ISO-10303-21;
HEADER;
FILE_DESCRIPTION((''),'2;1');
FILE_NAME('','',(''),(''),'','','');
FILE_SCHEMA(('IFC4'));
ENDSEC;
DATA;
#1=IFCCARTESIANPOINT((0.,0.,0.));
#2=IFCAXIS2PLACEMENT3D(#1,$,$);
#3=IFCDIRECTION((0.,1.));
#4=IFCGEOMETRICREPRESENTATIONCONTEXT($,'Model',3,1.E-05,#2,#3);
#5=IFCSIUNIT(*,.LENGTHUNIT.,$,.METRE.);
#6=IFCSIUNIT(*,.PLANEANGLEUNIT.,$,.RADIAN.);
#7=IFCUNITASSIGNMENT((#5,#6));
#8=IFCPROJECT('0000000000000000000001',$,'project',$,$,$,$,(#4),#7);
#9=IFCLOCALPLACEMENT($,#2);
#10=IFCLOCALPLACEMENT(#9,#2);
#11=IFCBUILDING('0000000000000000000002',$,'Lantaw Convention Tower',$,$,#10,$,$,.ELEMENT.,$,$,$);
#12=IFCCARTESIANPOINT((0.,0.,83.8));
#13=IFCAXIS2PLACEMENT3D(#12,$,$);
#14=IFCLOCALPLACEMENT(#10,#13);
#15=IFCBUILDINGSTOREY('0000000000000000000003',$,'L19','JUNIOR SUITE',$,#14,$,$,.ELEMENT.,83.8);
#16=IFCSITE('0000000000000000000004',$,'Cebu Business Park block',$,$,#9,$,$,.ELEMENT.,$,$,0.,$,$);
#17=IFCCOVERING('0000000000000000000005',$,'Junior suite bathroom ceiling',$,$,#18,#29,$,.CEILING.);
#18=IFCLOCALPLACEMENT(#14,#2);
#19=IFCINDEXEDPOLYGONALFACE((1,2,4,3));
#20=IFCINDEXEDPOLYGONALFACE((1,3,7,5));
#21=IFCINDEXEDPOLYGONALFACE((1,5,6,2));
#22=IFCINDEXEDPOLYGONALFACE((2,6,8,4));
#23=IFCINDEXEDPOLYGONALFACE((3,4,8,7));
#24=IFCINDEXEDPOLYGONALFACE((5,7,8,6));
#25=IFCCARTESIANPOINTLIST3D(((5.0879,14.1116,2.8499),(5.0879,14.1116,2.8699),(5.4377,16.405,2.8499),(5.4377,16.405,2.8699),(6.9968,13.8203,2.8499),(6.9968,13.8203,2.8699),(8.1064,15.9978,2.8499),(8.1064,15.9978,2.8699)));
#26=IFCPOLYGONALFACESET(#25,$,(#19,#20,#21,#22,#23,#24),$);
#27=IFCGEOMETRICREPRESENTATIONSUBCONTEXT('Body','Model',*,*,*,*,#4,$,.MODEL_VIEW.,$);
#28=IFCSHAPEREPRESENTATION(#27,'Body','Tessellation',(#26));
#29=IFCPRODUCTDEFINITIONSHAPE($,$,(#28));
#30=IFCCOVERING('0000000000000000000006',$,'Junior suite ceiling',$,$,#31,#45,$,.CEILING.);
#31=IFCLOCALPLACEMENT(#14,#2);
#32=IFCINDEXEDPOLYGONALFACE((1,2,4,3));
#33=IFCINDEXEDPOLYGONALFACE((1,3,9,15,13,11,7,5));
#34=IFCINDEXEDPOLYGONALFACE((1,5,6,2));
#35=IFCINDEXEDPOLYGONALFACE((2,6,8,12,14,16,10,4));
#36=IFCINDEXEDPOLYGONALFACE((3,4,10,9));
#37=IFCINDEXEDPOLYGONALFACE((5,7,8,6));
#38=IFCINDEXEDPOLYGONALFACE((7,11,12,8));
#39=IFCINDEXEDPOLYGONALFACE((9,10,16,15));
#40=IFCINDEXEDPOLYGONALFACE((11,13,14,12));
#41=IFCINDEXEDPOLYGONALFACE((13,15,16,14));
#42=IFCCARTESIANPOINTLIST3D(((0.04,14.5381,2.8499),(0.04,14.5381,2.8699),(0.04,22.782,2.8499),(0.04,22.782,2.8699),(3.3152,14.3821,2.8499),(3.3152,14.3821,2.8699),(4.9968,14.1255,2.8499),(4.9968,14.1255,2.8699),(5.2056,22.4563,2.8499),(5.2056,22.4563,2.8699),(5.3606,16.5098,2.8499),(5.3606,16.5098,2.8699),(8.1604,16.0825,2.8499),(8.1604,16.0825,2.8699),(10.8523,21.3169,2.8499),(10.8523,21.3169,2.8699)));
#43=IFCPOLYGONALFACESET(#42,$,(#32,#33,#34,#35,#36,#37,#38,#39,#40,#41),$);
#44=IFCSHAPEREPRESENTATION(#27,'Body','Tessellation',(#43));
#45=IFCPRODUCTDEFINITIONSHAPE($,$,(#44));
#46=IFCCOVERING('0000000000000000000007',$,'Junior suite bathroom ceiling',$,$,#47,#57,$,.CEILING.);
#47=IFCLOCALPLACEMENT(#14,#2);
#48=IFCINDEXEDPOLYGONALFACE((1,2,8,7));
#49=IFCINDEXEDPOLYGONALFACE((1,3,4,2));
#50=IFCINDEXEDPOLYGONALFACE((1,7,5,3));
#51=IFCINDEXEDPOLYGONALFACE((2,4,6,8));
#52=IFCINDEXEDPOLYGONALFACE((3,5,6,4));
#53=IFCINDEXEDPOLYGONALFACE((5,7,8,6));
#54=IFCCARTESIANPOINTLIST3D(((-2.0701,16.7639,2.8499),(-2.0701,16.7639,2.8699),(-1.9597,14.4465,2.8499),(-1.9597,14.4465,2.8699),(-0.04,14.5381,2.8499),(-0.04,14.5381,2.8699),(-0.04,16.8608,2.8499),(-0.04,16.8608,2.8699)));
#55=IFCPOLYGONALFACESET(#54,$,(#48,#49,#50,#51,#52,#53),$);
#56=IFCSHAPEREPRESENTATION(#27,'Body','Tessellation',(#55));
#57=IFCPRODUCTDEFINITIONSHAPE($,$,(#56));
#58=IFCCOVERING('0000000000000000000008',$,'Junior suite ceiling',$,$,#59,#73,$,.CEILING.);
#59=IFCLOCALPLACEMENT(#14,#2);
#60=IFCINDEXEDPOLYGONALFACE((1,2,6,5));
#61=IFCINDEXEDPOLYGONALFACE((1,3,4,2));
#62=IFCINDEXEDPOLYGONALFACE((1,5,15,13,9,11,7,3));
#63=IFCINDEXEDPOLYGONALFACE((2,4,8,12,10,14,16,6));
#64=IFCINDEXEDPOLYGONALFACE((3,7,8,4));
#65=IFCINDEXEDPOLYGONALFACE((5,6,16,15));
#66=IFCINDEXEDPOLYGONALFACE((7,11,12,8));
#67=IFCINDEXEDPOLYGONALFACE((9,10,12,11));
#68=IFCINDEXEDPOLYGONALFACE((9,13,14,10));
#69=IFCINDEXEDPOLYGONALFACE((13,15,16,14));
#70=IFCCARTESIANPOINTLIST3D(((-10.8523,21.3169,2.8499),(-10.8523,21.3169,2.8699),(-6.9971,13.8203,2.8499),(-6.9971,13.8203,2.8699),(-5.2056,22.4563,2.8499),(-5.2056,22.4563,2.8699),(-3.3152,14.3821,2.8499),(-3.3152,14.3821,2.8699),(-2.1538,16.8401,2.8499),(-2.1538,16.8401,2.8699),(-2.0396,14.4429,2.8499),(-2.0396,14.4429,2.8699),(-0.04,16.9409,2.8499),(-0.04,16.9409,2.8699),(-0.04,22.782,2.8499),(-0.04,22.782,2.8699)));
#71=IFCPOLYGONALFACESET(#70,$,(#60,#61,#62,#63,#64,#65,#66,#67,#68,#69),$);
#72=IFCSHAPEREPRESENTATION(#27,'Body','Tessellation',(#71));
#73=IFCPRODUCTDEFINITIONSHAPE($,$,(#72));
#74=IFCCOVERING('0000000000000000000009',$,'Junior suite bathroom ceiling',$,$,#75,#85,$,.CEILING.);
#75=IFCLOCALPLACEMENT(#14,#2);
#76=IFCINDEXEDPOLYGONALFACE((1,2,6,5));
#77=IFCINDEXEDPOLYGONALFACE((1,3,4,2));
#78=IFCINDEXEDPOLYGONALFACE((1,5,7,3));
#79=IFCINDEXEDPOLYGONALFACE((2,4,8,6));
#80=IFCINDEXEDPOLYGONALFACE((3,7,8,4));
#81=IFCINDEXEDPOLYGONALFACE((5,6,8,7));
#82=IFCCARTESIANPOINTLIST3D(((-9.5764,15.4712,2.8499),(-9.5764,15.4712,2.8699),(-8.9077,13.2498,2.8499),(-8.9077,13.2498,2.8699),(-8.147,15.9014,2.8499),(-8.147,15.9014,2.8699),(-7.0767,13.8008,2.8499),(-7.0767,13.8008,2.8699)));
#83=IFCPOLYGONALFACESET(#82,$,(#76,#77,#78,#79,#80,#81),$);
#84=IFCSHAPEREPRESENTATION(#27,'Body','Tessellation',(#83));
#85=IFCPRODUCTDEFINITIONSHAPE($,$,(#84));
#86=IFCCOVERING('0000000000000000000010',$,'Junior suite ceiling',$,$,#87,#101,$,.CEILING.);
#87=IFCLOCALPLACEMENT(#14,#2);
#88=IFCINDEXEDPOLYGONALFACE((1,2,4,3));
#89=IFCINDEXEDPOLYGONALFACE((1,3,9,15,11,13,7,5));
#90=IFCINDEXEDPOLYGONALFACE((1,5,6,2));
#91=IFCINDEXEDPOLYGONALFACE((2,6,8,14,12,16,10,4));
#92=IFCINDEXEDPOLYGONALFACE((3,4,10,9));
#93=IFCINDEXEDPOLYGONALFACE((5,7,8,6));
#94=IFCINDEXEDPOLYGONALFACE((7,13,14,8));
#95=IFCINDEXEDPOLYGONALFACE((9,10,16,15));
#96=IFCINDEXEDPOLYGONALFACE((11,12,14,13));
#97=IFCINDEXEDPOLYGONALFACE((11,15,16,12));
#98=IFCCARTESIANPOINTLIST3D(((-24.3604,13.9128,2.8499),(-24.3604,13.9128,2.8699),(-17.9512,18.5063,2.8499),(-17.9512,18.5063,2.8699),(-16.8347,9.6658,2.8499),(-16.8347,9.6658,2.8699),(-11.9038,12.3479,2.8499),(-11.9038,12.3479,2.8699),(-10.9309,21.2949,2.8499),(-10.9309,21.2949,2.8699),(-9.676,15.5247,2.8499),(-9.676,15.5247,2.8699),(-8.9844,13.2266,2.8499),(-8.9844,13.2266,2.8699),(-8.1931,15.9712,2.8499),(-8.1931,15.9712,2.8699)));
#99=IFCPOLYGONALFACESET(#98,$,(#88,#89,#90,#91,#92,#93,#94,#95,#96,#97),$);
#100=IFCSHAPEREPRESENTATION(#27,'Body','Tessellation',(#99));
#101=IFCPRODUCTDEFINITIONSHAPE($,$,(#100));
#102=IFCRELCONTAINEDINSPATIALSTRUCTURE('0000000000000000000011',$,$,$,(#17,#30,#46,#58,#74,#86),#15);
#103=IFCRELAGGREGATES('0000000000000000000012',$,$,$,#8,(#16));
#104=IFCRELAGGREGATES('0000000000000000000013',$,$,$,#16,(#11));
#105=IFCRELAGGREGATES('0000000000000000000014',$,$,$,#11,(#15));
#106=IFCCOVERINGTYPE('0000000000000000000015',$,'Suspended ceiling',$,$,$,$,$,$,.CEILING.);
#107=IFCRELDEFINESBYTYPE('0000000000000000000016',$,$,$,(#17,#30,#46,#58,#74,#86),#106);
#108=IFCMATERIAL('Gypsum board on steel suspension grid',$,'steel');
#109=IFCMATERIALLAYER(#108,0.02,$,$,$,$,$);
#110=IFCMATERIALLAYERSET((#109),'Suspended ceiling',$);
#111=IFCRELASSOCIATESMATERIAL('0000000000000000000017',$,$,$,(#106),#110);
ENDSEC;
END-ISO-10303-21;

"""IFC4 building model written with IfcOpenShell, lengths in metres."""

from ifc_helpers import new_model, si_unit, direction, frame, origin, place, context, subcontext, project, spatial, polyline, outline, extrude, material, layer, layer_set, type_object, element, save


model = new_model("IFC4")

# Units and contexts
model_context = context("Model", 3, precision=1e-05, world=origin(), true_north=direction((0.0, 1.0)))
body_context = subcontext(model_context, "Body", "Model", "MODEL_VIEW")
ifc_project = project(units=[si_unit("LENGTHUNIT", "METRE"), si_unit("PLANEANGLEUNIT", "RADIAN")], contexts=[model_context])

# Site, building, storey
site_placement = place(None, origin())
site = spatial("IfcSite", under=ifc_project, at=site_placement, Name="Cebu Business Park block", CompositionType="ELEMENT", RefElevation=0.0)
building_placement = place(site_placement, origin())
building = spatial("IfcBuilding", under=site, at=building_placement, Name="Lantaw Convention Tower", CompositionType="ELEMENT")
storey_placement = place(building_placement, frame((0.0, 0.0, 83.8)))
storey = spatial("IfcBuildingStorey", under=building, at=storey_placement, Name="L19", Description="JUNIOR SUITE", CompositionType="ELEMENT", Elevation=83.8)

# Coverings
ifc_material_1 = material(Name="Gypsum board on steel suspension grid", Category="steel")
ifc_layer_1 = layer(ifc_material_1, 0.02)
ifc_layer_set_1 = layer_set([ifc_layer_1], Name="Suspended ceiling")
covering_type = type_object("IfcCoveringType", Name="Suspended ceiling", PredefinedType="CEILING", material=ifc_layer_set_1)
covering_1_placement = place(storey_placement, frame((0.0, 0.0, 2.8499)))
element("IfcCovering", 1, at=covering_1_placement, inside=storey, type_object=covering_type, Name="Junior suite bathroom ceiling", PredefinedType="CEILING", context=body_context, shape_type="SweptSolid", body=[
    extrude(outline(polyline([(6.9968, 13.8203), (8.1064, 15.9978), (5.4377, 16.405), (5.0879, 14.1116), (6.9968, 13.8203)])), origin(), (0.0, 0.0, 1.0), 0.02),
])
covering_2_placement = place(storey_placement, frame((0.0, 0.0, 2.8499)))
element("IfcCovering", 2, at=covering_2_placement, inside=storey, type_object=covering_type, Name="Junior suite ceiling", PredefinedType="CEILING", context=body_context, shape_type="SweptSolid", body=[
    extrude(outline(polyline([(0.04, 14.5381), (3.3152, 14.3821), (4.9968, 14.1255), (5.3606, 16.5098), (8.1604, 16.0825), (10.8523, 21.3169), (5.2056, 22.4563), (0.04, 22.782), (0.04, 14.5381)])), origin(), (0.0, 0.0, 1.0), 0.02),
])
covering_3_placement = place(storey_placement, frame((0.0, 0.0, 2.8499)))
element("IfcCovering", 3, at=covering_3_placement, inside=storey, type_object=covering_type, Name="Junior suite bathroom ceiling", PredefinedType="CEILING", context=body_context, shape_type="SweptSolid", body=[
    extrude(outline(polyline([(-0.04, 14.5381), (-0.04, 16.8608), (-2.0701, 16.7639), (-1.9597, 14.4465), (-0.04, 14.5381)])), origin(), (0.0, 0.0, 1.0), 0.02),
])
covering_4_placement = place(storey_placement, frame((0.0, 0.0, 2.8499)))
element("IfcCovering", 4, at=covering_4_placement, inside=storey, type_object=covering_type, Name="Junior suite ceiling", PredefinedType="CEILING", context=body_context, shape_type="SweptSolid", body=[
    extrude(outline(polyline([(-3.3152, 14.3821), (-2.0396, 14.4429), (-2.1538, 16.8401), (-0.04, 16.9409), (-0.04, 22.782), (-5.2056, 22.4563), (-10.8523, 21.3169), (-6.9971, 13.8203), (-3.3152, 14.3821)])), origin(), (0.0, 0.0, 1.0), 0.02),
])
covering_5_placement = place(storey_placement, frame((0.0, 0.0, 2.8499)))
element("IfcCovering", 5, at=covering_5_placement, inside=storey, type_object=covering_type, Name="Junior suite bathroom ceiling", PredefinedType="CEILING", context=body_context, shape_type="SweptSolid", body=[
    extrude(outline(polyline([(-7.0767, 13.8008), (-8.147, 15.9014), (-9.5764, 15.4712), (-8.9077, 13.2498), (-7.0767, 13.8008)])), origin(), (0.0, 0.0, 1.0), 0.02),
])
covering_6_placement = place(storey_placement, frame((0.0, 0.0, 2.8499)))
element("IfcCovering", 6, at=covering_6_placement, inside=storey, type_object=covering_type, Name="Junior suite ceiling", PredefinedType="CEILING", context=body_context, shape_type="SweptSolid", body=[
    extrude(outline(polyline([(-11.9038, 12.3479), (-8.9844, 13.2266), (-9.676, 15.5247), (-8.1931, 15.9712), (-10.9309, 21.2949), (-17.9512, 18.5063), (-24.3604, 13.9128), (-16.8347, 9.6658), (-11.9038, 12.3479)])), origin(), (0.0, 0.0, 1.0), 0.02),
])

save(model, "model.ifc")
